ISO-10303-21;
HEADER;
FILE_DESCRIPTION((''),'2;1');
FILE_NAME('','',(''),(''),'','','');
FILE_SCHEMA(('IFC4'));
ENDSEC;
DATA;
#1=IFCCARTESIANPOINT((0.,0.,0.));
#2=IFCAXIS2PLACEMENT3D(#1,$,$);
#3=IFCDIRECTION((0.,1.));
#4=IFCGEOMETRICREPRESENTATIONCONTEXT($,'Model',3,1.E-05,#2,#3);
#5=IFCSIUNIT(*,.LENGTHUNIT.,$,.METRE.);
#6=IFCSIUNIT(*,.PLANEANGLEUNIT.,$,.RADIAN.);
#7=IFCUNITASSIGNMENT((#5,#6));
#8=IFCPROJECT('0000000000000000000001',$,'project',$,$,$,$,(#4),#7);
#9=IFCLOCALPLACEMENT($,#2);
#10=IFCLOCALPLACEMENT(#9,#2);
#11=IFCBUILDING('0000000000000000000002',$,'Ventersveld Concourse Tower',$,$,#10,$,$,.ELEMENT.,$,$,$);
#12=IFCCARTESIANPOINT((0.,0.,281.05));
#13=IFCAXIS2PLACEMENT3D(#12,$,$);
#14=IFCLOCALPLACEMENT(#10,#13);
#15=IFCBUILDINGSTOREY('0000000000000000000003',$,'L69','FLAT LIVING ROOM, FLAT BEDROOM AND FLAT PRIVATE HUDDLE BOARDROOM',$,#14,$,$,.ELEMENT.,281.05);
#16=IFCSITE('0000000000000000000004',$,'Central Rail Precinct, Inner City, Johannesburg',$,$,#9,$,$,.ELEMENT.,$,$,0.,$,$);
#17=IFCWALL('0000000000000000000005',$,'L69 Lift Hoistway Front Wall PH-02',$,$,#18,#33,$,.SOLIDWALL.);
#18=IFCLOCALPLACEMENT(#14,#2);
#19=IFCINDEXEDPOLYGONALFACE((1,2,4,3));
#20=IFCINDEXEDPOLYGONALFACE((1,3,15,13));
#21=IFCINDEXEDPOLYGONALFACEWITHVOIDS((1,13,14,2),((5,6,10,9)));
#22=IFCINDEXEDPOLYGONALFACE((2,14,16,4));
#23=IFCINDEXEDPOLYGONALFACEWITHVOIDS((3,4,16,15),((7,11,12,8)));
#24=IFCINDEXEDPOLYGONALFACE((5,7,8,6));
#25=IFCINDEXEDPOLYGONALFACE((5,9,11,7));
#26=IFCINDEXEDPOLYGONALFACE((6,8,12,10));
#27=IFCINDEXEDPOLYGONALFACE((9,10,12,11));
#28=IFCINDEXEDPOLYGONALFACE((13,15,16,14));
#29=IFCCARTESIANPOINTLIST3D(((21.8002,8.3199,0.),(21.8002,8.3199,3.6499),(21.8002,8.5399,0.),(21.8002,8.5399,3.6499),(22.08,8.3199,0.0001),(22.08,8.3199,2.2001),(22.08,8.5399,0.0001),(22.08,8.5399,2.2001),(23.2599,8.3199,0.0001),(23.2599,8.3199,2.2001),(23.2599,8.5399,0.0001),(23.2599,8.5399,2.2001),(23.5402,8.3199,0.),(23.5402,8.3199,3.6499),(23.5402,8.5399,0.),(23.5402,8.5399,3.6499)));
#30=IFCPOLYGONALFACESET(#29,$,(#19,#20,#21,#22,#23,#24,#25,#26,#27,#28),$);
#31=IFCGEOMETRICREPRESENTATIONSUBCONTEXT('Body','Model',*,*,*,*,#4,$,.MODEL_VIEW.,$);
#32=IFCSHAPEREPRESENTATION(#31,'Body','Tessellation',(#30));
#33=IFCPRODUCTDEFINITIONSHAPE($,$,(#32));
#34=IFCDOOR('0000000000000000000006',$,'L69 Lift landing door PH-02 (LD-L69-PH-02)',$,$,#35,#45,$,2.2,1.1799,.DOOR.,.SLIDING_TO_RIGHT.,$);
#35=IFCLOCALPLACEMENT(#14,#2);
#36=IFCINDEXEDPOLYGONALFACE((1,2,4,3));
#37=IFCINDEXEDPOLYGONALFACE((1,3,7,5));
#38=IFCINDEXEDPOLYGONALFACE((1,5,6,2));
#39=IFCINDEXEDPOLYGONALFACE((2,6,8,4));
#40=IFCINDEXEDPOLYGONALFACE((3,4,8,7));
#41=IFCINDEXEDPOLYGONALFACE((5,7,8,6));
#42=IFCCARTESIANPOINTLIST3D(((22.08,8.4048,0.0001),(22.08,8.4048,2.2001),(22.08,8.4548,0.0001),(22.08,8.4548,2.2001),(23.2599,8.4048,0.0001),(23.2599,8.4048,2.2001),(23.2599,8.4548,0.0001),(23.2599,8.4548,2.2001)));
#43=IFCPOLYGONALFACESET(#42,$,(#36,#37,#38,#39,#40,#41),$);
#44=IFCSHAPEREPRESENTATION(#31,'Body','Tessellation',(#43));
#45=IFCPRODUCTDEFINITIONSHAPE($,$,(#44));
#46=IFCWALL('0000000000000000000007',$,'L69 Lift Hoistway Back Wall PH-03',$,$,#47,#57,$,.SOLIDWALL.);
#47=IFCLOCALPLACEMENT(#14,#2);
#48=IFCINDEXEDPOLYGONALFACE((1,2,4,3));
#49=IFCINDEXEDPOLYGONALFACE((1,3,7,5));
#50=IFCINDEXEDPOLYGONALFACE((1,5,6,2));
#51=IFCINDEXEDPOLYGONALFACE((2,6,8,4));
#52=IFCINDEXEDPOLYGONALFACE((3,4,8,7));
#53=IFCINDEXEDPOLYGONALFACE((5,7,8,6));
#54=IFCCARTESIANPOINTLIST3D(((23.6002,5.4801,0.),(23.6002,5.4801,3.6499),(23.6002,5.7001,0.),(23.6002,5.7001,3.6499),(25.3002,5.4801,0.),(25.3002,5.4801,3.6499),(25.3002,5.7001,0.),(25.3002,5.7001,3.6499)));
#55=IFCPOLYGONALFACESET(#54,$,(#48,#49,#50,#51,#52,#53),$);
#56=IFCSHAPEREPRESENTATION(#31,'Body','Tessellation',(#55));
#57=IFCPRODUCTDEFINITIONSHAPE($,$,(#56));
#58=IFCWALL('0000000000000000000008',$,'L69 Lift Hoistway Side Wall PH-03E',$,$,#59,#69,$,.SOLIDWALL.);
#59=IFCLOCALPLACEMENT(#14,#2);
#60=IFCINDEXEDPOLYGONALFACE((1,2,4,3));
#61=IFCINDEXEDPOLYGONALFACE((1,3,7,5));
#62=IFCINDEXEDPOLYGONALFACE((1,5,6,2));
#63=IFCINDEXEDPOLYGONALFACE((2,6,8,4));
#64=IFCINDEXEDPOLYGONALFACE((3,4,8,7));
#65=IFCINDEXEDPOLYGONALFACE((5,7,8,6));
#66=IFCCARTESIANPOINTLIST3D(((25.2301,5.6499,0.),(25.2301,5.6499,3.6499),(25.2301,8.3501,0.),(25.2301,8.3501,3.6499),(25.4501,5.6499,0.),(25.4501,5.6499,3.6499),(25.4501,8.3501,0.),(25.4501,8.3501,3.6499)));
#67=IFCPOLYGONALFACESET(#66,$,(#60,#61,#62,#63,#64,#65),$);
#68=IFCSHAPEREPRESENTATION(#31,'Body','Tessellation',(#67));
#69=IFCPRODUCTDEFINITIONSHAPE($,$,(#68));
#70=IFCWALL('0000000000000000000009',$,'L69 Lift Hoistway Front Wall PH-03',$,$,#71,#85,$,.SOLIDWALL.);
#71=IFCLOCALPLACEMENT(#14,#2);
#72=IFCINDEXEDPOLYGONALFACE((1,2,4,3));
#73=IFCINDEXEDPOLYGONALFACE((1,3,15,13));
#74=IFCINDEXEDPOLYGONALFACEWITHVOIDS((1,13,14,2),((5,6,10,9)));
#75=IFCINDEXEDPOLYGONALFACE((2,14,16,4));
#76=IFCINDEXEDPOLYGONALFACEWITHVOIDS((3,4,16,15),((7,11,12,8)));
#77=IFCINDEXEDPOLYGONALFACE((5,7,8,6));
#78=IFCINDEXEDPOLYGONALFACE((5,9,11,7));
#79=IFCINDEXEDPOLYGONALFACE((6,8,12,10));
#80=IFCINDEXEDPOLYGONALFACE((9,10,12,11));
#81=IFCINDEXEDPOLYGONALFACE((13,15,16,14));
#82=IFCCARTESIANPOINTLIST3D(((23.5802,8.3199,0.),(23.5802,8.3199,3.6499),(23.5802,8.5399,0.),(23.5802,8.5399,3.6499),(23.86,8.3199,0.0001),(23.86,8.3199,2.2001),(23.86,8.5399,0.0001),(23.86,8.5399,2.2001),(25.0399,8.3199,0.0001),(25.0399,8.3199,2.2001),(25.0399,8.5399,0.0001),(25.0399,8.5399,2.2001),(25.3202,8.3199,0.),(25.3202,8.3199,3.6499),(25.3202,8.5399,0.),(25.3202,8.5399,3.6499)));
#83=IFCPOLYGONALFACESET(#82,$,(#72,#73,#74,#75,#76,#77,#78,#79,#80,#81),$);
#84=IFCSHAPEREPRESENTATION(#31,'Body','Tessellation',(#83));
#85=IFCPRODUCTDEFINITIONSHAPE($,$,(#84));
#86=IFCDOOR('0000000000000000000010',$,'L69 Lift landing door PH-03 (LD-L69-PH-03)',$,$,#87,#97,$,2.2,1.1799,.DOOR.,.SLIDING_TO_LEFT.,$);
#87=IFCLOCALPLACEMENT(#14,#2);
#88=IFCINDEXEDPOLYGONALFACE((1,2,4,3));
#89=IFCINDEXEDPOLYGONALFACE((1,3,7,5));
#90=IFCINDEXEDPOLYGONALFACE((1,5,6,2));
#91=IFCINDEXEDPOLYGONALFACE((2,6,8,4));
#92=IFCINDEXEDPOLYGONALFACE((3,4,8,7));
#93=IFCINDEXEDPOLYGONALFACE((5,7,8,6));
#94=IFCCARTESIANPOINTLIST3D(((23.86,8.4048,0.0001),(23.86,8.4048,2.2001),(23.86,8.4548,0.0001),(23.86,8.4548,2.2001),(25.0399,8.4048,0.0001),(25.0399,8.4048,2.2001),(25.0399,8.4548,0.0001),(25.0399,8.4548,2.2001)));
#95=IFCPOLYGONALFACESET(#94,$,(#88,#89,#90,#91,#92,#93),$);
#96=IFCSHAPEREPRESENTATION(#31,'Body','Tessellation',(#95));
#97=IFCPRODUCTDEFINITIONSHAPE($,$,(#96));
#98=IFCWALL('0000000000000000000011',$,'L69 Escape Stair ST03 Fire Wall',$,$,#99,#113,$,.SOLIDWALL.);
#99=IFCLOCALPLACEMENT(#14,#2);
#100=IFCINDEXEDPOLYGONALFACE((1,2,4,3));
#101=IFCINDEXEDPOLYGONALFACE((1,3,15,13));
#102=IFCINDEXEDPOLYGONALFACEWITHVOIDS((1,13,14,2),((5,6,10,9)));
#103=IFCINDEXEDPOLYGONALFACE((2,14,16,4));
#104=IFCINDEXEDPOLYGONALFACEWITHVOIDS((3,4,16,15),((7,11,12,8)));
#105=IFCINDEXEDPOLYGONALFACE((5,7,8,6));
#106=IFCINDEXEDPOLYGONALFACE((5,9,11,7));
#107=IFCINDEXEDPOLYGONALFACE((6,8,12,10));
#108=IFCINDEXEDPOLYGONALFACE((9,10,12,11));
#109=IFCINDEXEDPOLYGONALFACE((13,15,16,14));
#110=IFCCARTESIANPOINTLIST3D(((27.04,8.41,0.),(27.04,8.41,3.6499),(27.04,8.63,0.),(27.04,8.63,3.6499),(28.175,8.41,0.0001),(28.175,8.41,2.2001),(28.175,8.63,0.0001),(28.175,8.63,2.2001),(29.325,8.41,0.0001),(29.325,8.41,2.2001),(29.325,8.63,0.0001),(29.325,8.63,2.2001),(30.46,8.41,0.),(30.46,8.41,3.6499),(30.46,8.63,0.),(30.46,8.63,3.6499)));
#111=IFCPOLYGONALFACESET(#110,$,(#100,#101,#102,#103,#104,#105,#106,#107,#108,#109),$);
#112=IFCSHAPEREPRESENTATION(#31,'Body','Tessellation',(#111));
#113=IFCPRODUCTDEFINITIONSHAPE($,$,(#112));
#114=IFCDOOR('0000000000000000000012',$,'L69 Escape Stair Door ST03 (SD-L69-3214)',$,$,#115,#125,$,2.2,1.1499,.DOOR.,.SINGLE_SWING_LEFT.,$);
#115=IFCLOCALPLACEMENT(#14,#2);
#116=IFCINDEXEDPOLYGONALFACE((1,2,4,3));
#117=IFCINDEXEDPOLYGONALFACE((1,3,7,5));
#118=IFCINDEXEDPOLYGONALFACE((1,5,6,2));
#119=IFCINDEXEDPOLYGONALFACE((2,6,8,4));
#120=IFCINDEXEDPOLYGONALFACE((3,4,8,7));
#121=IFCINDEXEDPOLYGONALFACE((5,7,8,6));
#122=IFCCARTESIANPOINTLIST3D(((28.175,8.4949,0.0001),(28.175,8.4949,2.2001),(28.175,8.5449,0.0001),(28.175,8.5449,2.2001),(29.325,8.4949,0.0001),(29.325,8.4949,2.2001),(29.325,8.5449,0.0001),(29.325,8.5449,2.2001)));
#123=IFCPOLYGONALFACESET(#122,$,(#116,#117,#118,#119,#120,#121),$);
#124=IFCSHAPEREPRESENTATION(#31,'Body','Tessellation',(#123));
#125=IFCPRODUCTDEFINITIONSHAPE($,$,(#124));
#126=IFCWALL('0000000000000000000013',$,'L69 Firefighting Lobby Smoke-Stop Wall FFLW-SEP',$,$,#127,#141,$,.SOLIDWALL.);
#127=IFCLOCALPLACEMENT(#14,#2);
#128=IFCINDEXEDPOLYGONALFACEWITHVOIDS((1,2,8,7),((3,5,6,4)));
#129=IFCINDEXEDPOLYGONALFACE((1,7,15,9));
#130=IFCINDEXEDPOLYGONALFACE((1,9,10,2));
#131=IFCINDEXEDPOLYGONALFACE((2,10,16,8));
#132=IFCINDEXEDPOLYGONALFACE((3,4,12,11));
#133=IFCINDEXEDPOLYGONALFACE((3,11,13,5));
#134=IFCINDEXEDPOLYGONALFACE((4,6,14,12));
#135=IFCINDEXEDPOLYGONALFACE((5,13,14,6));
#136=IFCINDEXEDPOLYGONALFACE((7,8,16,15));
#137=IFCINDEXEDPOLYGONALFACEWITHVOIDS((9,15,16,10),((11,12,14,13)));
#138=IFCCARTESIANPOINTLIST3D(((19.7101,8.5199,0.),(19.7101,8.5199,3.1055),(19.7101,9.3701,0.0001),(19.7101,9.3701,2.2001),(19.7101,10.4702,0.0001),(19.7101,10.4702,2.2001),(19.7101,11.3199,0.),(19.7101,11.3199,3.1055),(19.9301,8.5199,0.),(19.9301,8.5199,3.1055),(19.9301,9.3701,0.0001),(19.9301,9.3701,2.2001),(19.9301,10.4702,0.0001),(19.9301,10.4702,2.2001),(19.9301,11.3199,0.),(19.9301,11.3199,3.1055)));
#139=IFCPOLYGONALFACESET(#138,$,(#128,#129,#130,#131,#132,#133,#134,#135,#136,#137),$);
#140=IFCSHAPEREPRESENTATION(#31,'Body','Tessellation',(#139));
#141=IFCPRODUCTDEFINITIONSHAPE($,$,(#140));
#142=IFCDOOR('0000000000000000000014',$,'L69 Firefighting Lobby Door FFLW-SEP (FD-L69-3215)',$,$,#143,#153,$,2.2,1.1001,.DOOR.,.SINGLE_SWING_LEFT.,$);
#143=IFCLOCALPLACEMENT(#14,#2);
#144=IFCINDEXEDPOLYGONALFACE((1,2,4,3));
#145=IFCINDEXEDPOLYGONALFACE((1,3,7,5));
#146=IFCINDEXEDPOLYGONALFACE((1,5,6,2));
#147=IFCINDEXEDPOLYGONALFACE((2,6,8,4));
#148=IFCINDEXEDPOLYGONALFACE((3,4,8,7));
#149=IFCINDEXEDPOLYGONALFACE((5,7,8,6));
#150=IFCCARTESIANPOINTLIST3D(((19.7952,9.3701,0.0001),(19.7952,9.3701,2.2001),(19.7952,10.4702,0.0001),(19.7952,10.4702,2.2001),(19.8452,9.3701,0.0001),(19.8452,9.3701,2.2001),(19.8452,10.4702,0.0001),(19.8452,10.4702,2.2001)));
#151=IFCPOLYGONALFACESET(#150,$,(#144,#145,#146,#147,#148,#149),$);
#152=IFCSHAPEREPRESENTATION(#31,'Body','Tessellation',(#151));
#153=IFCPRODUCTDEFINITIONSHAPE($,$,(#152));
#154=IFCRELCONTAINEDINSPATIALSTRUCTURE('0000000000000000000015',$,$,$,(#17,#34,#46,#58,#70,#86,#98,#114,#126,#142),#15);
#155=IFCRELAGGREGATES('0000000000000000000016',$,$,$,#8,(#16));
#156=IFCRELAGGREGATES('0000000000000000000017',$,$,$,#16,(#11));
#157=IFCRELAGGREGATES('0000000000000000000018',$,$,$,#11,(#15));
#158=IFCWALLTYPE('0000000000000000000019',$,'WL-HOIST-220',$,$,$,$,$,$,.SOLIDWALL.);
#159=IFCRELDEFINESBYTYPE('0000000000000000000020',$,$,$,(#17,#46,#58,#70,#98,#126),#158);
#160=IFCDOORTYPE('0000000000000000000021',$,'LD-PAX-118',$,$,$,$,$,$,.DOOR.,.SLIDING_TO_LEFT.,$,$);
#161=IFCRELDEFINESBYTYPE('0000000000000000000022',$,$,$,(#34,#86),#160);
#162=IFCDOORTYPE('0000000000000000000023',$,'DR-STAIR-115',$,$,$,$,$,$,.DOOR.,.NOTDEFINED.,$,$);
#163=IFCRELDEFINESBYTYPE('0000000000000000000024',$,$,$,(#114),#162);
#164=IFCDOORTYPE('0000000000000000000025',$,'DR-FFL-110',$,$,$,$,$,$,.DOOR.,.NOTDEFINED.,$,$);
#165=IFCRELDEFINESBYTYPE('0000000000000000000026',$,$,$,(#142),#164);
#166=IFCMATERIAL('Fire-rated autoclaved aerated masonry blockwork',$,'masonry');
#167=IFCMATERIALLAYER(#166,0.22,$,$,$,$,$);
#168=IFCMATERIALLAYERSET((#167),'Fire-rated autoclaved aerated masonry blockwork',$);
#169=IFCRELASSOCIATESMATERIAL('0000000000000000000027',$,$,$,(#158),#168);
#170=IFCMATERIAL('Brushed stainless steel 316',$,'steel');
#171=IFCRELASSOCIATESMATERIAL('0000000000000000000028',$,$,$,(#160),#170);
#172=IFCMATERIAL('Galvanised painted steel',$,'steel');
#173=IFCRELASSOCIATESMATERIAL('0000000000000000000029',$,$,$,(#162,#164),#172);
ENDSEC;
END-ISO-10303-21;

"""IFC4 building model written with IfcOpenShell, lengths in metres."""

from ifc_helpers import new_model, si_unit, direction, frame, frame_2d, origin, place, context, subcontext, project, spatial, rectangle, extrude, material, layer, layer_set, type_object, element, fill, save


model = new_model("IFC4")

# Units and contexts
model_context = context("Model", 3, precision=1e-05, world=origin(), true_north=direction((0.0, 1.0)))
body_context = subcontext(model_context, "Body", "Model", "MODEL_VIEW")
ifc_project = project(units=[si_unit("LENGTHUNIT", "METRE"), si_unit("PLANEANGLEUNIT", "RADIAN")], contexts=[model_context])

# Site, building, storey
site_placement = place(None, origin())
site = spatial("IfcSite", under=ifc_project, at=site_placement, Name="Central Rail Precinct, Inner City, Johannesburg", CompositionType="ELEMENT", RefElevation=0.0)
building_placement = place(site_placement, origin())
building = spatial("IfcBuilding", under=site, at=building_placement, Name="Ventersveld Concourse Tower", CompositionType="ELEMENT")
storey_placement = place(building_placement, frame((0.0, 0.0, 281.05)))
storey = spatial("IfcBuildingStorey", under=building, at=storey_placement, Name="L69", Description="FLAT LIVING ROOM, FLAT BEDROOM AND FLAT PRIVATE HUDDLE BOARDROOM", CompositionType="ELEMENT", Elevation=281.05)

# Shared definitions
ifc_material_1 = material(Name="Fire-rated autoclaved aerated masonry blockwork", Category="masonry")
ifc_material_2 = material(Name="Galvanised painted steel", Category="steel")

# Shared definitions
ifc_layer_1 = layer(ifc_material_1, 0.22)
ifc_layer_set_1 = layer_set([ifc_layer_1], Name="Fire-rated autoclaved aerated masonry blockwork")
wall_type_1 = type_object("IfcWallType", Name="WL-HOIST-220", PredefinedType="SOLIDWALL", material=ifc_layer_set_1)

# Shared definitions
ifc_material_3 = material(Name="Brushed stainless steel 316", Category="steel")
door_type_1 = type_object("IfcDoorType", Name="LD-PAX-118", OperationType="SLIDING_TO_LEFT", PredefinedType="DOOR", material=ifc_material_3)

# Wall, opening, door
wall_1_placement = place(storey_placement, frame((21.8, 8.4299, 0.0), z_axis=(0.0, 0.0, 1.0), x_axis=(1.0, 0.0, 0.0)))
wall_1 = element("IfcWall", 1, at=wall_1_placement, inside=storey, type_object=wall_type_1, Name="L69 Lift Hoistway Front Wall PH-02", PredefinedType="SOLIDWALL", context=body_context, shape_type="SweptSolid", body=[
    extrude(rectangle(XDim=1.74, YDim=0.22, at=frame_2d((0.8701, 0.0))), origin(), (0.0, 0.0, 1.0), 3.6499),
])
opening_1_placement = place(wall_1_placement, frame((0.28, 0.0, 0.0)))
opening_1 = element("IfcOpeningElement", 2, at=opening_1_placement, cuts=wall_1, PredefinedType="OPENING", context=body_context, shape_type="SweptSolid", body=[
    extrude(rectangle(XDim=1.1799, YDim=2.2, at=frame_2d((0.5898, 1.1001))), frame((0.0, 0.1201, 0.0), z_axis=(0.0, -1.0, 0.0), x_axis=(1.0, 0.0, 0.0)), (0.0, 0.0, 1.0), 0.24),
])
door_1_placement = place(opening_1_placement, origin())
door_1 = element("IfcDoor", 3, at=door_1_placement, inside=storey, type_object=door_type_1, Name="L69 Lift landing door PH-02 (LD-L69-PH-02)", OperationType="SLIDING_TO_RIGHT", OverallHeight=2.2, OverallWidth=1.1799, PredefinedType="DOOR", context=body_context, shape_type="SweptSolid", body=[
    extrude(rectangle(XDim=1.1799, YDim=2.2, at=frame_2d((0.5898, 1.1001))), frame((0.0, 0.0249, 0.0), z_axis=(0.0, -1.0, 0.0), x_axis=(1.0, 0.0, 0.0)), (0.0, 0.0, 1.0), 0.05),
])
fill(opening_1, door_1)

# Walls
wall_2_placement = place(storey_placement, frame((23.6001, 5.5901, 0.0), z_axis=(0.0, 0.0, 1.0), x_axis=(1.0, 0.0, 0.0)))
element("IfcWall", 4, at=wall_2_placement, inside=storey, type_object=wall_type_1, Name="L69 Lift Hoistway Back Wall PH-03", PredefinedType="SOLIDWALL", context=body_context, shape_type="SweptSolid", body=[
    extrude(rectangle(XDim=1.7, YDim=0.22, at=frame_2d((0.8501, 0.0))), origin(), (0.0, 0.0, 1.0), 3.6499),
])
wall_3_placement = place(storey_placement, frame((25.3401, 5.6499, 0.0), z_axis=(0.0, 0.0, 1.0), x_axis=(0.0, 1.0, 0.0)))
element("IfcWall", 5, at=wall_3_placement, inside=storey, type_object=wall_type_1, Name="L69 Lift Hoistway Side Wall PH-03E", PredefinedType="SOLIDWALL", context=body_context, shape_type="SweptSolid", body=[
    extrude(rectangle(XDim=2.7002, YDim=0.22, at=frame_2d((1.3501, 0.0))), origin(), (0.0, 0.0, 1.0), 3.6499),
])

# Walls, openings, doors
wall_4_placement = place(storey_placement, frame((23.5801, 8.4299, 0.0), z_axis=(0.0, 0.0, 1.0), x_axis=(1.0, 0.0, 0.0)))
wall_4 = element("IfcWall", 6, at=wall_4_placement, inside=storey, type_object=wall_type_1, Name="L69 Lift Hoistway Front Wall PH-03", PredefinedType="SOLIDWALL", context=body_context, shape_type="SweptSolid", body=[
    extrude(rectangle(XDim=1.74, YDim=0.22, at=frame_2d((0.8701, 0.0))), origin(), (0.0, 0.0, 1.0), 3.6499),
])
opening_2_placement = place(wall_4_placement, frame((0.28, 0.0, 0.0)))
opening_2 = element("IfcOpeningElement", 7, at=opening_2_placement, cuts=wall_4, PredefinedType="OPENING", context=body_context, shape_type="SweptSolid", body=[
    extrude(rectangle(XDim=1.1799, YDim=2.2, at=frame_2d((0.5898, 1.1001))), frame((0.0, 0.1201, 0.0), z_axis=(0.0, -1.0, 0.0), x_axis=(1.0, 0.0, 0.0)), (0.0, 0.0, 1.0), 0.24),
])
door_2_placement = place(opening_2_placement, origin())
door_2 = element("IfcDoor", 8, at=door_2_placement, inside=storey, type_object=door_type_1, Name="L69 Lift landing door PH-03 (LD-L69-PH-03)", OperationType="SLIDING_TO_LEFT", OverallHeight=2.2, OverallWidth=1.1799, PredefinedType="DOOR", context=body_context, shape_type="SweptSolid", body=[
    extrude(rectangle(XDim=1.1799, YDim=2.2, at=frame_2d((0.5898, 1.1001))), frame((0.0, 0.0249, 0.0), z_axis=(0.0, -1.0, 0.0), x_axis=(1.0, 0.0, 0.0)), (0.0, 0.0, 1.0), 0.05),
])
fill(opening_2, door_2)
wall_5_placement = place(storey_placement, frame((27.04, 8.52, 0.0), z_axis=(0.0, 0.0, 1.0), x_axis=(1.0, 0.0, 0.0)))
wall_5 = element("IfcWall", 9, at=wall_5_placement, inside=storey, type_object=wall_type_1, Name="L69 Escape Stair ST03 Fire Wall", PredefinedType="SOLIDWALL", context=body_context, shape_type="SweptSolid", body=[
    extrude(rectangle(XDim=3.4199, YDim=0.22, at=frame_2d((1.71, 0.0))), origin(), (0.0, 0.0, 1.0), 3.6499),
])
opening_3_placement = place(wall_5_placement, frame((1.135, 0.0, 0.0)))
opening_3 = element("IfcOpeningElement", 10, at=opening_3_placement, cuts=wall_5, PredefinedType="OPENING", context=body_context, shape_type="SweptSolid", body=[
    extrude(rectangle(XDim=1.1499, YDim=2.2, at=frame_2d((0.575, 1.1001))), frame((0.0, 0.1201, 0.0), z_axis=(0.0, -1.0, 0.0), x_axis=(1.0, 0.0, 0.0)), (0.0, 0.0, 1.0), 0.24),
])
door_type_2 = type_object("IfcDoorType", Name="DR-STAIR-115", OperationType="NOTDEFINED", PredefinedType="DOOR", material=ifc_material_2)
door_3_placement = place(opening_3_placement, origin())
door_3 = element("IfcDoor", 11, at=door_3_placement, inside=storey, type_object=door_type_2, Name="L69 Escape Stair Door ST03 (SD-L69-3214)", OperationType="SINGLE_SWING_LEFT", OverallHeight=2.2, OverallWidth=1.1499, PredefinedType="DOOR", context=body_context, shape_type="SweptSolid", body=[
    extrude(rectangle(XDim=1.1499, YDim=2.2, at=frame_2d((0.575, 1.1001))), frame((0.0, 0.0249, 0.0), z_axis=(0.0, -1.0, 0.0), x_axis=(1.0, 0.0, 0.0)), (0.0, 0.0, 1.0), 0.05),
])
fill(opening_3, door_3)
wall_6_placement = place(storey_placement, frame((19.8201, 8.52, 0.0), z_axis=(0.0, 0.0, 1.0), x_axis=(0.0, 1.0, 0.0)))
wall_6 = element("IfcWall", 12, at=wall_6_placement, inside=storey, type_object=wall_type_1, Name="L69 Firefighting Lobby Smoke-Stop Wall FFLW-SEP", PredefinedType="SOLIDWALL", context=body_context, shape_type="SweptSolid", body=[
    extrude(rectangle(XDim=2.8, YDim=0.22, at=frame_2d((1.3999, 0.0))), origin(), (0.0, 0.0, 1.0), 3.1055),
])
opening_4_placement = place(wall_6_placement, frame((0.8501, 0.0, 0.0)))
opening_4 = element("IfcOpeningElement", 13, at=opening_4_placement, cuts=wall_6, PredefinedType="OPENING", context=body_context, shape_type="SweptSolid", body=[
    extrude(rectangle(XDim=1.1001, YDim=2.2, at=frame_2d((0.55, 1.1001))), frame((0.0, 0.1201, 0.0), z_axis=(0.0, -1.0, 0.0), x_axis=(1.0, 0.0, 0.0)), (0.0, 0.0, 1.0), 0.24),
])
door_type_3 = type_object("IfcDoorType", Name="DR-FFL-110", OperationType="NOTDEFINED", PredefinedType="DOOR", material=ifc_material_2)
door_4_placement = place(opening_4_placement, origin())
door_4 = element("IfcDoor", 14, at=door_4_placement, inside=storey, type_object=door_type_3, Name="L69 Firefighting Lobby Door FFLW-SEP (FD-L69-3215)", OperationType="SINGLE_SWING_LEFT", OverallHeight=2.2, OverallWidth=1.1001, PredefinedType="DOOR", context=body_context, shape_type="SweptSolid", body=[
    extrude(rectangle(XDim=1.1001, YDim=2.2, at=frame_2d((0.55, 1.1001))), frame((0.0, 0.0249, 0.0), z_axis=(0.0, -1.0, 0.0), x_axis=(1.0, 0.0, 0.0)), (0.0, 0.0, 1.0), 0.05),
])
fill(opening_4, door_4)

save(model, "model.ifc")
